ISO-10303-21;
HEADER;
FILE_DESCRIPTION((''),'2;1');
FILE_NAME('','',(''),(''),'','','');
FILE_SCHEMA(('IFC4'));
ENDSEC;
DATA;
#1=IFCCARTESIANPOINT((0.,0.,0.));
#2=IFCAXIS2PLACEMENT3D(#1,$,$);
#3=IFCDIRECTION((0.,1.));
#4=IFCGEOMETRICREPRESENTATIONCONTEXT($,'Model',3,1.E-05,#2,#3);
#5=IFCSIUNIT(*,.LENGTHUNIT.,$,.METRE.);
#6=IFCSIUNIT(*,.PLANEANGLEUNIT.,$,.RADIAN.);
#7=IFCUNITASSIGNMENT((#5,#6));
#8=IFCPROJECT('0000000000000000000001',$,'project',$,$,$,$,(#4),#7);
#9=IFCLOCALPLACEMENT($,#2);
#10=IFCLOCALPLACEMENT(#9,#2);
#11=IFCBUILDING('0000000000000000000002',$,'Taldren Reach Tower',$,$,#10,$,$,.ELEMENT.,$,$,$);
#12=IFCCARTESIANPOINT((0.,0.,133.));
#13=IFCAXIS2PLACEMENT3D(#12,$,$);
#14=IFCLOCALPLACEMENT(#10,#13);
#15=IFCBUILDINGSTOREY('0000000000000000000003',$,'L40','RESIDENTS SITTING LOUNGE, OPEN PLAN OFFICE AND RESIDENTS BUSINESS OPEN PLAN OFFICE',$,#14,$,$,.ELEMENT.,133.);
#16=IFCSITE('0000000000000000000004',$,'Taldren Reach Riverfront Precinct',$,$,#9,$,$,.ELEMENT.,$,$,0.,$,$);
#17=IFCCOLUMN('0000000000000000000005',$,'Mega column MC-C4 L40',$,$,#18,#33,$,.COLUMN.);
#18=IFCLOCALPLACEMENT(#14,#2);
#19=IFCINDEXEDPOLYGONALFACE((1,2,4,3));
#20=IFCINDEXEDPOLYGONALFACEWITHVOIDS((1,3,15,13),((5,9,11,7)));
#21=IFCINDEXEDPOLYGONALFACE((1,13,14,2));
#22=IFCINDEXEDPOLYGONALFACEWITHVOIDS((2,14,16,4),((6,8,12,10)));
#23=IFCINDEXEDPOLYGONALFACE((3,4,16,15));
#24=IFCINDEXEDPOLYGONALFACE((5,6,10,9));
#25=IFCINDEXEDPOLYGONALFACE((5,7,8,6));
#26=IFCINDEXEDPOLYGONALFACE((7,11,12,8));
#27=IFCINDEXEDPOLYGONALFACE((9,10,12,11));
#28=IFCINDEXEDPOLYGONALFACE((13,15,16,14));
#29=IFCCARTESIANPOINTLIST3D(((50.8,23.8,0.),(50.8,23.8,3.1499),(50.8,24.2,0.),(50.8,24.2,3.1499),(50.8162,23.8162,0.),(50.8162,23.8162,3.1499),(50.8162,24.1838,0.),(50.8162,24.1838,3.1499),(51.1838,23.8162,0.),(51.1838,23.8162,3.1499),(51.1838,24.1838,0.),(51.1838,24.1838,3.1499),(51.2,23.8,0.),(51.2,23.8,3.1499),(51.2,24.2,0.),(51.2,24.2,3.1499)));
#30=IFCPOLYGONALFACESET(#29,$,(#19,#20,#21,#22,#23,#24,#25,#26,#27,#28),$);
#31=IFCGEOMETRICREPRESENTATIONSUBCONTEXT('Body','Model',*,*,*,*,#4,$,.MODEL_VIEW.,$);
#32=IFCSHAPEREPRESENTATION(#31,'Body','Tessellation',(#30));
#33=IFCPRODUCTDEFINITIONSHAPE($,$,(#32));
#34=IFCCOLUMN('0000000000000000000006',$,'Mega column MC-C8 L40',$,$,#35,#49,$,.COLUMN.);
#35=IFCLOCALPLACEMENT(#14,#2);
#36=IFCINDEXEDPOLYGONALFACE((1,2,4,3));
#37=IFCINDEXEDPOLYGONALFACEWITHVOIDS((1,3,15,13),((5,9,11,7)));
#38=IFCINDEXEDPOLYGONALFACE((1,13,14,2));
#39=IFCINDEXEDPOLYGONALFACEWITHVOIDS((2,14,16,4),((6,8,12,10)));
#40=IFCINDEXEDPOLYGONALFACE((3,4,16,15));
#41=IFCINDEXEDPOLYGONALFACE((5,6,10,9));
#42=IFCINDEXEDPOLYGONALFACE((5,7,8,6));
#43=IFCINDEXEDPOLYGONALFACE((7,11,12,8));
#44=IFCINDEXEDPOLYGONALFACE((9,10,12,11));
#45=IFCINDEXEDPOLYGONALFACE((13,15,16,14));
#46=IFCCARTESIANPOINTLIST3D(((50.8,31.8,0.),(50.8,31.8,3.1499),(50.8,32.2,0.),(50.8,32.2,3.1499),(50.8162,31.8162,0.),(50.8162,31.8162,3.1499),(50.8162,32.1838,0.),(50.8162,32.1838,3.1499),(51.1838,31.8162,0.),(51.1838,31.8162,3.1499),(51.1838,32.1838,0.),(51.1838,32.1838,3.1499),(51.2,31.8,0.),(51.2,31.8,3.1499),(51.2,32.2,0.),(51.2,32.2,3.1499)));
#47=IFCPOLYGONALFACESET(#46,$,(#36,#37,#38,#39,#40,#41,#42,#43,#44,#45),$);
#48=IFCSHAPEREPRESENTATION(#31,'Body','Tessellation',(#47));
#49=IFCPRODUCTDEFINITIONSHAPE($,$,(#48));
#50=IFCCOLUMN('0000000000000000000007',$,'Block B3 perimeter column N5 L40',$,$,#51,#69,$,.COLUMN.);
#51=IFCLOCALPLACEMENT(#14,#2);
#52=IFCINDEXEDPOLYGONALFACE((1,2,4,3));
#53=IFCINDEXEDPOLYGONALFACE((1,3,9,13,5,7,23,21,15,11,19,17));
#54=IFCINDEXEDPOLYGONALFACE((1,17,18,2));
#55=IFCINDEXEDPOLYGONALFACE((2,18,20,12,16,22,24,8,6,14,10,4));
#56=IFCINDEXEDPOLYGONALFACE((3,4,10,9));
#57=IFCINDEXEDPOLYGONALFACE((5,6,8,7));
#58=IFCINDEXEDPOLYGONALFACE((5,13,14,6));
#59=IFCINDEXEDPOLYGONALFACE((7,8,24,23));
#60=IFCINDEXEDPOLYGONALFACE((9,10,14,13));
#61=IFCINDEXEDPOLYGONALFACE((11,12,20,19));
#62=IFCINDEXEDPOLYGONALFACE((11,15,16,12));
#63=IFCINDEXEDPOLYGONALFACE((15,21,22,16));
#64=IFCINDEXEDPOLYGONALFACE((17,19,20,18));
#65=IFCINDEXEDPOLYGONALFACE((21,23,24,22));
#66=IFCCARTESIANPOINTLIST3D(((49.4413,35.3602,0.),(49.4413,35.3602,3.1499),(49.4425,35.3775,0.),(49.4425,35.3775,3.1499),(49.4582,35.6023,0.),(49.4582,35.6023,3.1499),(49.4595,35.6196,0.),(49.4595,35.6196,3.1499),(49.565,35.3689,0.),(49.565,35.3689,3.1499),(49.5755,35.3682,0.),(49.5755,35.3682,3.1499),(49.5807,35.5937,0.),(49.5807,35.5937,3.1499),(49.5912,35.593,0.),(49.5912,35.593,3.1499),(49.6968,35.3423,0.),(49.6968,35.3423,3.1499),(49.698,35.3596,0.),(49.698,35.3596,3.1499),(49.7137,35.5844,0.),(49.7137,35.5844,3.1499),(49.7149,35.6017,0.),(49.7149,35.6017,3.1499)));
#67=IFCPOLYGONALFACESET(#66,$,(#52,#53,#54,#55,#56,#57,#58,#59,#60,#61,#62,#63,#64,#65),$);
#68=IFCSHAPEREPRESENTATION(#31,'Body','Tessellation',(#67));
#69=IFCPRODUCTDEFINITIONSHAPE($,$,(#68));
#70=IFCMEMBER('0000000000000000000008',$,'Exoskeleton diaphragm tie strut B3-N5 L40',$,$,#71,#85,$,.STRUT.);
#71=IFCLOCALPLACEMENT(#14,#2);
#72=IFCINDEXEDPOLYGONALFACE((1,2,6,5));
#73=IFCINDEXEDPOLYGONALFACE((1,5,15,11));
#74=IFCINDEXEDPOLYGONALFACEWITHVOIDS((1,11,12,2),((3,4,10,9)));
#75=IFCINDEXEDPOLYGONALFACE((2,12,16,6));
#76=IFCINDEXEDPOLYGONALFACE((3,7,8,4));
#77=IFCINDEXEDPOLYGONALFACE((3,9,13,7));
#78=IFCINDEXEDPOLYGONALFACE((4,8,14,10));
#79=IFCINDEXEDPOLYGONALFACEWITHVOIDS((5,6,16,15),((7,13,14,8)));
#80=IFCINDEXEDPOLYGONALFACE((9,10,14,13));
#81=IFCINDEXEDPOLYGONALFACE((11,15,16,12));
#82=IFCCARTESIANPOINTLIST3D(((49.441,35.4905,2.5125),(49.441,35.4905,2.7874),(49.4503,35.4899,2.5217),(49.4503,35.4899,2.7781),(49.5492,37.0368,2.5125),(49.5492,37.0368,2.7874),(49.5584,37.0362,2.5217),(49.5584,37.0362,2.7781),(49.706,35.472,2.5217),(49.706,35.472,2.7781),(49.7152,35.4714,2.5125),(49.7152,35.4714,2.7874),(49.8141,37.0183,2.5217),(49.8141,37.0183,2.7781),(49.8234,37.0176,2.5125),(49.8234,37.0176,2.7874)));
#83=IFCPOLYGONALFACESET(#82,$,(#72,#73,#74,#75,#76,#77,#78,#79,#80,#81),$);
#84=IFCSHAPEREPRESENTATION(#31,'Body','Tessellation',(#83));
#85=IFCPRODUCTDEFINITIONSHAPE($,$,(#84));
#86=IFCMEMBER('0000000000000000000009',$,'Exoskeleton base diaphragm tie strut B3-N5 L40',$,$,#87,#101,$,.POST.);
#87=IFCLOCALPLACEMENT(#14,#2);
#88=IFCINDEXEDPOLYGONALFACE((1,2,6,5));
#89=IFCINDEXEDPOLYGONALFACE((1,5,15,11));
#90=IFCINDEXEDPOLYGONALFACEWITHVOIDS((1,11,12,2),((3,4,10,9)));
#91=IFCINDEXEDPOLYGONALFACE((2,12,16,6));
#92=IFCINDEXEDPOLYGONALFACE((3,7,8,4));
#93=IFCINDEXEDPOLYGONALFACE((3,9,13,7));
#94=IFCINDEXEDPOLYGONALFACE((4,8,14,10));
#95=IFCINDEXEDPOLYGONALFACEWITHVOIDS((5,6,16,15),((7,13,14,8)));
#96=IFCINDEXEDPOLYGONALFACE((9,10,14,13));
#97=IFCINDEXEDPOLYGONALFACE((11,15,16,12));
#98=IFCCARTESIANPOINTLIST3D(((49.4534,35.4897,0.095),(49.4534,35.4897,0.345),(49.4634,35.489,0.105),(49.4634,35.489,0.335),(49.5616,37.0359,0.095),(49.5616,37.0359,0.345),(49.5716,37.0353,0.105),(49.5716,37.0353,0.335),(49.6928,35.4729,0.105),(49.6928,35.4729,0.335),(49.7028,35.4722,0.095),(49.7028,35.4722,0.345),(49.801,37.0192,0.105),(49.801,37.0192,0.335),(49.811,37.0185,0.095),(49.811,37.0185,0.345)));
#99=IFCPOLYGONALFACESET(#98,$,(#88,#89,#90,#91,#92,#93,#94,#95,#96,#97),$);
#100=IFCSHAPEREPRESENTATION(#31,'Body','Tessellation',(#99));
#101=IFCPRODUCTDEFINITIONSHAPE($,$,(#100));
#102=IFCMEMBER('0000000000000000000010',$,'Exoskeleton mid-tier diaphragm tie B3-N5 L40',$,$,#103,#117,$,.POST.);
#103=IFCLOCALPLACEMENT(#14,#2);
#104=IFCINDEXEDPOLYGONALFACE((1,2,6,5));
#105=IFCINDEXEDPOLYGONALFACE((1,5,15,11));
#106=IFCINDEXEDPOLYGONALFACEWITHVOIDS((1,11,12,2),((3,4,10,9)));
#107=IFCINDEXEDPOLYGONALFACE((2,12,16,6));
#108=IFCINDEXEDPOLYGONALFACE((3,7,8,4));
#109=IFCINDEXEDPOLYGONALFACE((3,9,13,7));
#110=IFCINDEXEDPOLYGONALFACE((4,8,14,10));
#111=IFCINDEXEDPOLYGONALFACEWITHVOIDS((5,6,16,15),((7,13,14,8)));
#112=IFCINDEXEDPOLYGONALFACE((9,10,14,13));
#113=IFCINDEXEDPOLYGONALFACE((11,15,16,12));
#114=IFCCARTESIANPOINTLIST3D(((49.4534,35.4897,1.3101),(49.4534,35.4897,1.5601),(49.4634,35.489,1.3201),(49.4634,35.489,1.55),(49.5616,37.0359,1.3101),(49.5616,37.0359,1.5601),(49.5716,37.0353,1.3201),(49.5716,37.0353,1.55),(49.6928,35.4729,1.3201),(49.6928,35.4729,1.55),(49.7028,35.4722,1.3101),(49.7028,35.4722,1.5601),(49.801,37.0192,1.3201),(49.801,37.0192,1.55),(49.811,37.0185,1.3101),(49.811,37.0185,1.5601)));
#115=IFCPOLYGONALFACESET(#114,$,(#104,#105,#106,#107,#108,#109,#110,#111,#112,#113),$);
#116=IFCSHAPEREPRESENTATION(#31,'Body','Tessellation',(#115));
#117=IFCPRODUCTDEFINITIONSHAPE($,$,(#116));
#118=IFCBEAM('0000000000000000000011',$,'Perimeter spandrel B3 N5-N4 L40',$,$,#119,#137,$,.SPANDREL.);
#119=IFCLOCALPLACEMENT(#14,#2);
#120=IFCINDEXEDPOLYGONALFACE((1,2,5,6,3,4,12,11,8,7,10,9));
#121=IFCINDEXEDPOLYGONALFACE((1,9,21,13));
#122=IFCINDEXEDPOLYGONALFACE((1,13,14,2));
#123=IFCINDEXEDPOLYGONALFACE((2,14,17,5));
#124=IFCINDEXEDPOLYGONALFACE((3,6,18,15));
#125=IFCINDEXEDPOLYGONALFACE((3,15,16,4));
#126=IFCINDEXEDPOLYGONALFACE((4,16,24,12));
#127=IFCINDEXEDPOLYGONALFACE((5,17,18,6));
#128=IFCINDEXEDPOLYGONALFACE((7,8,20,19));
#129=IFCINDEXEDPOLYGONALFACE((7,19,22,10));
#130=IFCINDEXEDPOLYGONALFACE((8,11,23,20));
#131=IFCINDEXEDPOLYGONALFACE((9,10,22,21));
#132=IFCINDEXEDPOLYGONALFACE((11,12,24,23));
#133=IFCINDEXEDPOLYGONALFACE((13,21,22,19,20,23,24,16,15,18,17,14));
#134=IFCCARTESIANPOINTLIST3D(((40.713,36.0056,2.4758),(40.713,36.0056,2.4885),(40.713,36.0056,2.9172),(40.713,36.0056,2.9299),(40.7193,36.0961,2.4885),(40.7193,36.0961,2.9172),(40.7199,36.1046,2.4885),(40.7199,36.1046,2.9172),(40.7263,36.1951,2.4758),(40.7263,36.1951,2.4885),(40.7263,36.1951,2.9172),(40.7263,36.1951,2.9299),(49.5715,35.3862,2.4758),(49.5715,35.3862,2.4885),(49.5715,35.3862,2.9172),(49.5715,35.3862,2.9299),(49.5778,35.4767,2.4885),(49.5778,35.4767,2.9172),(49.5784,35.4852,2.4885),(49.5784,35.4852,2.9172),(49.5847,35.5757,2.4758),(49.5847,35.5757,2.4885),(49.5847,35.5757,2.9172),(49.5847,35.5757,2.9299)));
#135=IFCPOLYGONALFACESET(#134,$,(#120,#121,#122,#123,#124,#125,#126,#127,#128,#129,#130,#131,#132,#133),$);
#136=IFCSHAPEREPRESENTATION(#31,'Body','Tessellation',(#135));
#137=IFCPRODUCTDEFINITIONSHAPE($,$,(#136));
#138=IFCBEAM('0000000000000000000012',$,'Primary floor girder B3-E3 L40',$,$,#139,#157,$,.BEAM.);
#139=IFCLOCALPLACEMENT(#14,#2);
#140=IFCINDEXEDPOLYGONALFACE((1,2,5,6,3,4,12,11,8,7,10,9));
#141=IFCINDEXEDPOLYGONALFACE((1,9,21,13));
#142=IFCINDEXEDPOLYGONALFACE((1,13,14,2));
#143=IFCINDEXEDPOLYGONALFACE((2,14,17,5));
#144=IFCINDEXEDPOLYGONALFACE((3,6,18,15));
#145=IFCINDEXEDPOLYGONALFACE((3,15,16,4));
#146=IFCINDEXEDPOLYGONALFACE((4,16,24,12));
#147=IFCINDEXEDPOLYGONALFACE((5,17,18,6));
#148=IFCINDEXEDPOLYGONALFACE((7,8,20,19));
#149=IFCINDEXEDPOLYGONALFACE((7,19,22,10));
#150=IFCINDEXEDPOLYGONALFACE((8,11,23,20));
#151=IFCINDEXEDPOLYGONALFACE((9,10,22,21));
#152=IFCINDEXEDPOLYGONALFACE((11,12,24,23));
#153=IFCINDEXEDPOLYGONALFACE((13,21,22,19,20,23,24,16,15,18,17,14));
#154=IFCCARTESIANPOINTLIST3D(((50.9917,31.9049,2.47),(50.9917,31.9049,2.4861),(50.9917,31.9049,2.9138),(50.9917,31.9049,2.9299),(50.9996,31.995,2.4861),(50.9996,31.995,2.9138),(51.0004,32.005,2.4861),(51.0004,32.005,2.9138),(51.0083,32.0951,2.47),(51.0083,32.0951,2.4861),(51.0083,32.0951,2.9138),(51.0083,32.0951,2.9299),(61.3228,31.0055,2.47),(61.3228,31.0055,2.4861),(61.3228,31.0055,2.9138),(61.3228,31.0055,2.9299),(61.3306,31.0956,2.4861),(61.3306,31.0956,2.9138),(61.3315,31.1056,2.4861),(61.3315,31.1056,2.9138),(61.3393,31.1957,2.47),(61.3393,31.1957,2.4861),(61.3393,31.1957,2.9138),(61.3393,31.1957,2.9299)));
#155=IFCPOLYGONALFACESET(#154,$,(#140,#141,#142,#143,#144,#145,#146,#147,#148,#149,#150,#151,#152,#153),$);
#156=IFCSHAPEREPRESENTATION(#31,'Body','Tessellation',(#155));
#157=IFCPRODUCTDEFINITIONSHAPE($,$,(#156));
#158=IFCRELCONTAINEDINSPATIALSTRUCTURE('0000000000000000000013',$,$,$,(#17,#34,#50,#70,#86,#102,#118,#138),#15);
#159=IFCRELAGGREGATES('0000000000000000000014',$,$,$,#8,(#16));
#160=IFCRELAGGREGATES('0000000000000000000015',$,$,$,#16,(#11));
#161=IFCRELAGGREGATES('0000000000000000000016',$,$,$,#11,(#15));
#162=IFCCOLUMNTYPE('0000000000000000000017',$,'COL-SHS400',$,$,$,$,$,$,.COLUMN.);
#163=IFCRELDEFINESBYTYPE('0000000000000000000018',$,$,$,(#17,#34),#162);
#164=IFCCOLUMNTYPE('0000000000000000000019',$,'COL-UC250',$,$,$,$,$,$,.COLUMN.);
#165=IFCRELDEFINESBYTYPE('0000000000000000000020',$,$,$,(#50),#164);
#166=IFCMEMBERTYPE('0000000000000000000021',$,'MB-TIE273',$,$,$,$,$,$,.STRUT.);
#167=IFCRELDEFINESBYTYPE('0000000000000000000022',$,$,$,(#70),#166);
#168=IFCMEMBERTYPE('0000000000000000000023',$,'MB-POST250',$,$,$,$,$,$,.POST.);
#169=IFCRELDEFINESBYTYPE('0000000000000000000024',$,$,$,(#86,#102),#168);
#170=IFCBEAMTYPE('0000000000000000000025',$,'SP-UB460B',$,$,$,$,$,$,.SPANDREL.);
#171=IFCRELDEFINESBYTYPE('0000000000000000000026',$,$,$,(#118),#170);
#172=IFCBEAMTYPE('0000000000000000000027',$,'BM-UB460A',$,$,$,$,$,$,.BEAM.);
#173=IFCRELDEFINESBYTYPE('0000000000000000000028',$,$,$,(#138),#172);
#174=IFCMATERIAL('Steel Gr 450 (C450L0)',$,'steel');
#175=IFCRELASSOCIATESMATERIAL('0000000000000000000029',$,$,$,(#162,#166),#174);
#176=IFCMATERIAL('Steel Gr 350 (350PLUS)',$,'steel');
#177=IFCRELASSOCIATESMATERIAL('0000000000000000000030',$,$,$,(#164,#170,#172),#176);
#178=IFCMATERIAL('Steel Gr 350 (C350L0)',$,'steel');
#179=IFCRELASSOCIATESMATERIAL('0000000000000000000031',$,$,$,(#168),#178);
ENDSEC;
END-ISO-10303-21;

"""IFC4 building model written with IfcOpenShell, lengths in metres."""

from ifc_helpers import new_model, si_unit, direction, frame, origin, origin_2d, place, context, subcontext, project, spatial, hollow_rectangle, i_section, extrude, source, transform, mapped, material, material_profile, profile_set, type_object, element, save


model = new_model("IFC4")

# Units and contexts
model_context = context("Model", 3, precision=1e-05, world=origin(), true_north=direction((0.0, 1.0)))
body_context = subcontext(model_context, "Body", "Model", "MODEL_VIEW")
ifc_project = project(units=[si_unit("LENGTHUNIT", "METRE"), si_unit("PLANEANGLEUNIT", "RADIAN")], contexts=[model_context])

# Site, building, storey
site_placement = place(None, origin())
site = spatial("IfcSite", under=ifc_project, at=site_placement, Name="Taldren Reach Riverfront Precinct", CompositionType="ELEMENT", RefElevation=0.0)
building_placement = place(site_placement, origin())
building = spatial("IfcBuilding", under=site, at=building_placement, Name="Taldren Reach Tower", CompositionType="ELEMENT")
storey_placement = place(building_placement, frame((0.0, 0.0, 133.0)))
storey = spatial("IfcBuildingStorey", under=building, at=storey_placement, Name="L40", Description="RESIDENTS SITTING LOUNGE, OPEN PLAN OFFICE AND RESIDENTS BUSINESS OPEN PLAN OFFICE", CompositionType="ELEMENT", Elevation=133.0)

# Columns
ifc_material_1 = material(Name="Steel Gr 450 (C450L0)", Category="steel")
ifc_material_profile_1 = material_profile(ifc_material_1, hollow_rectangle(XDim=0.3999, YDim=0.3999, WallThickness=0.0161, at=origin_2d()), Name="400x400x16.0SHS")
ifc_profile_set_1 = profile_set([ifc_material_profile_1], Name="Steel Gr 450 (C450L0)")
column_type_1 = type_object("IfcColumnType", Name="COL-SHS400", PredefinedType="COLUMN", material=ifc_profile_set_1)
shared_shape_1 = source(origin(), body_context, "Body", "SweptSolid", [
    extrude(hollow_rectangle(XDim=0.3999, YDim=0.3999, WallThickness=0.0161, at=origin_2d()), origin(), (0.0, 0.0, 1.0), 3.1499),
])
for number, where, z_axis, x_axis, name in (
    (1, (51.0, 24.0, 0.0), (0.0, 0.0, 1.0), (1.0, 0.0, 0.0), "Mega column MC-C4 L40"),
    (2, (51.0, 32.0, 0.0), (0.0, 0.0, 1.0), (1.0, 0.0, 0.0), "Mega column MC-C8 L40"),
):
    element("IfcColumn", number, at=place(storey_placement, frame(where, z_axis=z_axis, x_axis=x_axis)), inside=storey, type_object=column_type_1, Name=name, PredefinedType="COLUMN", context=body_context, shape_type="MappedRepresentation", body=[
        mapped(shared_shape_1, transform((0.0, 0.0, 0.0), scale=1.0)),
    ])
ifc_material_2 = material(Name="Steel Gr 350 (350PLUS)", Category="steel")
ifc_material_profile_2 = material_profile(ifc_material_2, i_section(OverallWidth=0.2561, OverallDepth=0.26, WebThickness=0.0105, FlangeThickness=0.0173, at=origin_2d()), Name="250UC89.5")
ifc_profile_set_2 = profile_set([ifc_material_profile_2], Name="Steel Gr 350 (350PLUS)")
column_type_2 = type_object("IfcColumnType", Name="COL-UC250", PredefinedType="COLUMN", material=ifc_profile_set_2)
shared_shape_2 = source(origin(), body_context, "Body", "SweptSolid", [
    extrude(i_section(OverallWidth=0.2561, OverallDepth=0.26, WebThickness=0.0105, FlangeThickness=0.0173, at=origin_2d()), origin(), (0.0, 0.0, 1.0), 3.1499),
])
column_placement = place(storey_placement, frame((49.5781, 35.481, 0.0), z_axis=(0.0, 0.0, 1.0), x_axis=(0.997564, -0.069756, 0.0)))
element("IfcColumn", 3, at=column_placement, inside=storey, type_object=column_type_2, Name="Block B3 perimeter column N5 L40", PredefinedType="COLUMN", context=body_context, shape_type="MappedRepresentation", body=[
    mapped(shared_shape_2, transform((0.0, 0.0, 0.0), scale=1.0)),
])

# Members
ifc_material_profile_3 = material_profile(ifc_material_1, hollow_rectangle(XDim=0.2749, YDim=0.2749, WallThickness=0.0093, at=origin_2d()), Name="275x275x9.3SHS")
ifc_profile_set_3 = profile_set([ifc_material_profile_3], Name="Steel Gr 450 (C450L0)")
member_type_1 = type_object("IfcMemberType", Name="MB-TIE273", PredefinedType="STRUT", material=ifc_profile_set_3)
shared_shape_3 = source(origin(), body_context, "Body", "SweptSolid", [
    extrude(hollow_rectangle(XDim=0.2749, YDim=0.2749, WallThickness=0.0093, at=origin_2d()), origin(), (0.0, 0.0, 1.0), 1.55),
])
member_1_placement = place(storey_placement, frame((49.5781, 35.481, 2.6499), z_axis=(0.06977, 0.997563, 0.0), x_axis=(-0.997563, 0.06977, 0.0)))
element("IfcMember", 4, at=member_1_placement, inside=storey, type_object=member_type_1, Name="Exoskeleton diaphragm tie strut B3-N5 L40", PredefinedType="STRUT", context=body_context, shape_type="MappedRepresentation", body=[
    mapped(shared_shape_3, transform((0.0, 0.0, 0.0), scale=1.0)),
])
ifc_material_3 = material(Name="Steel Gr 350 (C350L0)", Category="steel")
ifc_material_profile_4 = material_profile(ifc_material_3, hollow_rectangle(XDim=0.25, YDim=0.25, WallThickness=0.01, at=origin_2d()), Name="250x250x10.0SHS")
ifc_profile_set_4 = profile_set([ifc_material_profile_4], Name="Steel Gr 350 (C350L0)")
member_type_2 = type_object("IfcMemberType", Name="MB-POST250", PredefinedType="POST", material=ifc_profile_set_4)
shared_shape_4 = source(origin(), body_context, "Body", "SweptSolid", [
    extrude(hollow_rectangle(XDim=0.25, YDim=0.25, WallThickness=0.01, at=origin_2d()), origin(), (0.0, 0.0, 1.0), 1.55),
])
for number, where, z_axis, x_axis, name in (
    (5, (49.5781, 35.481, 0.22), (0.06977, 0.997563, 0.0), (-0.997563, 0.06977, 0.0), "Exoskeleton base diaphragm tie strut B3-N5 L40"),
    (6, (49.5781, 35.481, 1.4351), (0.06977, 0.997563, 0.0), (-0.997563, 0.06977, 0.0), "Exoskeleton mid-tier diaphragm tie B3-N5 L40"),
):
    element("IfcMember", number, at=place(storey_placement, frame(where, z_axis=z_axis, x_axis=x_axis)), inside=storey, type_object=member_type_2, Name=name, PredefinedType="POST", context=body_context, shape_type="MappedRepresentation", body=[
        mapped(shared_shape_4, transform((0.0, 0.0, 0.0), scale=1.0)),
    ])

# Beams
ifc_material_profile_5 = material_profile(ifc_material_2, i_section(OverallWidth=0.1899, OverallDepth=0.4541, WebThickness=0.0085, FlangeThickness=0.0127, at=origin_2d()), Name="460UB67.1")
ifc_profile_set_5 = profile_set([ifc_material_profile_5], Name="Steel Gr 350 (350PLUS)")
beam_type_1 = type_object("IfcBeamType", Name="SP-UB460B", PredefinedType="SPANDREL", material=ifc_profile_set_5)
shared_shape_5 = source(origin(), body_context, "Body", "SweptSolid", [
    extrude(i_section(OverallWidth=0.1899, OverallDepth=0.4541, WebThickness=0.0085, FlangeThickness=0.0127, at=origin_2d()), origin(), (0.0, 0.0, 1.0), 8.8801),
])
beam_1_placement = place(storey_placement, frame((49.5781, 35.481, 2.7029), z_axis=(-0.997564, 0.06975, 0.0), x_axis=(-0.06975, -0.997564, 0.0)))
element("IfcBeam", 7, at=beam_1_placement, inside=storey, type_object=beam_type_1, Name="Perimeter spandrel B3 N5-N4 L40", PredefinedType="SPANDREL", context=body_context, shape_type="MappedRepresentation", body=[
    mapped(shared_shape_5, transform((0.0, 0.0, 0.0), scale=1.0)),
])
ifc_material_profile_6 = material_profile(ifc_material_2, i_section(OverallWidth=0.1909, OverallDepth=0.46, WebThickness=0.01, FlangeThickness=0.0161, at=origin_2d()), Name="460UB82.1")
ifc_profile_set_6 = profile_set([ifc_material_profile_6], Name="Steel Gr 350 (350PLUS)")
beam_type_2 = type_object("IfcBeamType", Name="BM-UB460A", PredefinedType="BEAM", material=ifc_profile_set_6)
shared_shape_6 = source(origin(), body_context, "Body", "SweptSolid", [
    extrude(i_section(OverallWidth=0.1909, OverallDepth=0.46, WebThickness=0.01, FlangeThickness=0.0161, at=origin_2d()), origin(), (0.0, 0.0, 1.0), 10.3701),
])
beam_2_placement = place(storey_placement, frame((51.0, 32.0, 2.7), z_axis=(0.996232, -0.086731, 0.0), x_axis=(0.086731, 0.996232, 0.0)))
element("IfcBeam", 8, at=beam_2_placement, inside=storey, type_object=beam_type_2, Name="Primary floor girder B3-E3 L40", PredefinedType="BEAM", context=body_context, shape_type="MappedRepresentation", body=[
    mapped(shared_shape_6, transform((0.0, 0.0, 0.0), scale=1.0)),
])

save(model, "model.ifc")
